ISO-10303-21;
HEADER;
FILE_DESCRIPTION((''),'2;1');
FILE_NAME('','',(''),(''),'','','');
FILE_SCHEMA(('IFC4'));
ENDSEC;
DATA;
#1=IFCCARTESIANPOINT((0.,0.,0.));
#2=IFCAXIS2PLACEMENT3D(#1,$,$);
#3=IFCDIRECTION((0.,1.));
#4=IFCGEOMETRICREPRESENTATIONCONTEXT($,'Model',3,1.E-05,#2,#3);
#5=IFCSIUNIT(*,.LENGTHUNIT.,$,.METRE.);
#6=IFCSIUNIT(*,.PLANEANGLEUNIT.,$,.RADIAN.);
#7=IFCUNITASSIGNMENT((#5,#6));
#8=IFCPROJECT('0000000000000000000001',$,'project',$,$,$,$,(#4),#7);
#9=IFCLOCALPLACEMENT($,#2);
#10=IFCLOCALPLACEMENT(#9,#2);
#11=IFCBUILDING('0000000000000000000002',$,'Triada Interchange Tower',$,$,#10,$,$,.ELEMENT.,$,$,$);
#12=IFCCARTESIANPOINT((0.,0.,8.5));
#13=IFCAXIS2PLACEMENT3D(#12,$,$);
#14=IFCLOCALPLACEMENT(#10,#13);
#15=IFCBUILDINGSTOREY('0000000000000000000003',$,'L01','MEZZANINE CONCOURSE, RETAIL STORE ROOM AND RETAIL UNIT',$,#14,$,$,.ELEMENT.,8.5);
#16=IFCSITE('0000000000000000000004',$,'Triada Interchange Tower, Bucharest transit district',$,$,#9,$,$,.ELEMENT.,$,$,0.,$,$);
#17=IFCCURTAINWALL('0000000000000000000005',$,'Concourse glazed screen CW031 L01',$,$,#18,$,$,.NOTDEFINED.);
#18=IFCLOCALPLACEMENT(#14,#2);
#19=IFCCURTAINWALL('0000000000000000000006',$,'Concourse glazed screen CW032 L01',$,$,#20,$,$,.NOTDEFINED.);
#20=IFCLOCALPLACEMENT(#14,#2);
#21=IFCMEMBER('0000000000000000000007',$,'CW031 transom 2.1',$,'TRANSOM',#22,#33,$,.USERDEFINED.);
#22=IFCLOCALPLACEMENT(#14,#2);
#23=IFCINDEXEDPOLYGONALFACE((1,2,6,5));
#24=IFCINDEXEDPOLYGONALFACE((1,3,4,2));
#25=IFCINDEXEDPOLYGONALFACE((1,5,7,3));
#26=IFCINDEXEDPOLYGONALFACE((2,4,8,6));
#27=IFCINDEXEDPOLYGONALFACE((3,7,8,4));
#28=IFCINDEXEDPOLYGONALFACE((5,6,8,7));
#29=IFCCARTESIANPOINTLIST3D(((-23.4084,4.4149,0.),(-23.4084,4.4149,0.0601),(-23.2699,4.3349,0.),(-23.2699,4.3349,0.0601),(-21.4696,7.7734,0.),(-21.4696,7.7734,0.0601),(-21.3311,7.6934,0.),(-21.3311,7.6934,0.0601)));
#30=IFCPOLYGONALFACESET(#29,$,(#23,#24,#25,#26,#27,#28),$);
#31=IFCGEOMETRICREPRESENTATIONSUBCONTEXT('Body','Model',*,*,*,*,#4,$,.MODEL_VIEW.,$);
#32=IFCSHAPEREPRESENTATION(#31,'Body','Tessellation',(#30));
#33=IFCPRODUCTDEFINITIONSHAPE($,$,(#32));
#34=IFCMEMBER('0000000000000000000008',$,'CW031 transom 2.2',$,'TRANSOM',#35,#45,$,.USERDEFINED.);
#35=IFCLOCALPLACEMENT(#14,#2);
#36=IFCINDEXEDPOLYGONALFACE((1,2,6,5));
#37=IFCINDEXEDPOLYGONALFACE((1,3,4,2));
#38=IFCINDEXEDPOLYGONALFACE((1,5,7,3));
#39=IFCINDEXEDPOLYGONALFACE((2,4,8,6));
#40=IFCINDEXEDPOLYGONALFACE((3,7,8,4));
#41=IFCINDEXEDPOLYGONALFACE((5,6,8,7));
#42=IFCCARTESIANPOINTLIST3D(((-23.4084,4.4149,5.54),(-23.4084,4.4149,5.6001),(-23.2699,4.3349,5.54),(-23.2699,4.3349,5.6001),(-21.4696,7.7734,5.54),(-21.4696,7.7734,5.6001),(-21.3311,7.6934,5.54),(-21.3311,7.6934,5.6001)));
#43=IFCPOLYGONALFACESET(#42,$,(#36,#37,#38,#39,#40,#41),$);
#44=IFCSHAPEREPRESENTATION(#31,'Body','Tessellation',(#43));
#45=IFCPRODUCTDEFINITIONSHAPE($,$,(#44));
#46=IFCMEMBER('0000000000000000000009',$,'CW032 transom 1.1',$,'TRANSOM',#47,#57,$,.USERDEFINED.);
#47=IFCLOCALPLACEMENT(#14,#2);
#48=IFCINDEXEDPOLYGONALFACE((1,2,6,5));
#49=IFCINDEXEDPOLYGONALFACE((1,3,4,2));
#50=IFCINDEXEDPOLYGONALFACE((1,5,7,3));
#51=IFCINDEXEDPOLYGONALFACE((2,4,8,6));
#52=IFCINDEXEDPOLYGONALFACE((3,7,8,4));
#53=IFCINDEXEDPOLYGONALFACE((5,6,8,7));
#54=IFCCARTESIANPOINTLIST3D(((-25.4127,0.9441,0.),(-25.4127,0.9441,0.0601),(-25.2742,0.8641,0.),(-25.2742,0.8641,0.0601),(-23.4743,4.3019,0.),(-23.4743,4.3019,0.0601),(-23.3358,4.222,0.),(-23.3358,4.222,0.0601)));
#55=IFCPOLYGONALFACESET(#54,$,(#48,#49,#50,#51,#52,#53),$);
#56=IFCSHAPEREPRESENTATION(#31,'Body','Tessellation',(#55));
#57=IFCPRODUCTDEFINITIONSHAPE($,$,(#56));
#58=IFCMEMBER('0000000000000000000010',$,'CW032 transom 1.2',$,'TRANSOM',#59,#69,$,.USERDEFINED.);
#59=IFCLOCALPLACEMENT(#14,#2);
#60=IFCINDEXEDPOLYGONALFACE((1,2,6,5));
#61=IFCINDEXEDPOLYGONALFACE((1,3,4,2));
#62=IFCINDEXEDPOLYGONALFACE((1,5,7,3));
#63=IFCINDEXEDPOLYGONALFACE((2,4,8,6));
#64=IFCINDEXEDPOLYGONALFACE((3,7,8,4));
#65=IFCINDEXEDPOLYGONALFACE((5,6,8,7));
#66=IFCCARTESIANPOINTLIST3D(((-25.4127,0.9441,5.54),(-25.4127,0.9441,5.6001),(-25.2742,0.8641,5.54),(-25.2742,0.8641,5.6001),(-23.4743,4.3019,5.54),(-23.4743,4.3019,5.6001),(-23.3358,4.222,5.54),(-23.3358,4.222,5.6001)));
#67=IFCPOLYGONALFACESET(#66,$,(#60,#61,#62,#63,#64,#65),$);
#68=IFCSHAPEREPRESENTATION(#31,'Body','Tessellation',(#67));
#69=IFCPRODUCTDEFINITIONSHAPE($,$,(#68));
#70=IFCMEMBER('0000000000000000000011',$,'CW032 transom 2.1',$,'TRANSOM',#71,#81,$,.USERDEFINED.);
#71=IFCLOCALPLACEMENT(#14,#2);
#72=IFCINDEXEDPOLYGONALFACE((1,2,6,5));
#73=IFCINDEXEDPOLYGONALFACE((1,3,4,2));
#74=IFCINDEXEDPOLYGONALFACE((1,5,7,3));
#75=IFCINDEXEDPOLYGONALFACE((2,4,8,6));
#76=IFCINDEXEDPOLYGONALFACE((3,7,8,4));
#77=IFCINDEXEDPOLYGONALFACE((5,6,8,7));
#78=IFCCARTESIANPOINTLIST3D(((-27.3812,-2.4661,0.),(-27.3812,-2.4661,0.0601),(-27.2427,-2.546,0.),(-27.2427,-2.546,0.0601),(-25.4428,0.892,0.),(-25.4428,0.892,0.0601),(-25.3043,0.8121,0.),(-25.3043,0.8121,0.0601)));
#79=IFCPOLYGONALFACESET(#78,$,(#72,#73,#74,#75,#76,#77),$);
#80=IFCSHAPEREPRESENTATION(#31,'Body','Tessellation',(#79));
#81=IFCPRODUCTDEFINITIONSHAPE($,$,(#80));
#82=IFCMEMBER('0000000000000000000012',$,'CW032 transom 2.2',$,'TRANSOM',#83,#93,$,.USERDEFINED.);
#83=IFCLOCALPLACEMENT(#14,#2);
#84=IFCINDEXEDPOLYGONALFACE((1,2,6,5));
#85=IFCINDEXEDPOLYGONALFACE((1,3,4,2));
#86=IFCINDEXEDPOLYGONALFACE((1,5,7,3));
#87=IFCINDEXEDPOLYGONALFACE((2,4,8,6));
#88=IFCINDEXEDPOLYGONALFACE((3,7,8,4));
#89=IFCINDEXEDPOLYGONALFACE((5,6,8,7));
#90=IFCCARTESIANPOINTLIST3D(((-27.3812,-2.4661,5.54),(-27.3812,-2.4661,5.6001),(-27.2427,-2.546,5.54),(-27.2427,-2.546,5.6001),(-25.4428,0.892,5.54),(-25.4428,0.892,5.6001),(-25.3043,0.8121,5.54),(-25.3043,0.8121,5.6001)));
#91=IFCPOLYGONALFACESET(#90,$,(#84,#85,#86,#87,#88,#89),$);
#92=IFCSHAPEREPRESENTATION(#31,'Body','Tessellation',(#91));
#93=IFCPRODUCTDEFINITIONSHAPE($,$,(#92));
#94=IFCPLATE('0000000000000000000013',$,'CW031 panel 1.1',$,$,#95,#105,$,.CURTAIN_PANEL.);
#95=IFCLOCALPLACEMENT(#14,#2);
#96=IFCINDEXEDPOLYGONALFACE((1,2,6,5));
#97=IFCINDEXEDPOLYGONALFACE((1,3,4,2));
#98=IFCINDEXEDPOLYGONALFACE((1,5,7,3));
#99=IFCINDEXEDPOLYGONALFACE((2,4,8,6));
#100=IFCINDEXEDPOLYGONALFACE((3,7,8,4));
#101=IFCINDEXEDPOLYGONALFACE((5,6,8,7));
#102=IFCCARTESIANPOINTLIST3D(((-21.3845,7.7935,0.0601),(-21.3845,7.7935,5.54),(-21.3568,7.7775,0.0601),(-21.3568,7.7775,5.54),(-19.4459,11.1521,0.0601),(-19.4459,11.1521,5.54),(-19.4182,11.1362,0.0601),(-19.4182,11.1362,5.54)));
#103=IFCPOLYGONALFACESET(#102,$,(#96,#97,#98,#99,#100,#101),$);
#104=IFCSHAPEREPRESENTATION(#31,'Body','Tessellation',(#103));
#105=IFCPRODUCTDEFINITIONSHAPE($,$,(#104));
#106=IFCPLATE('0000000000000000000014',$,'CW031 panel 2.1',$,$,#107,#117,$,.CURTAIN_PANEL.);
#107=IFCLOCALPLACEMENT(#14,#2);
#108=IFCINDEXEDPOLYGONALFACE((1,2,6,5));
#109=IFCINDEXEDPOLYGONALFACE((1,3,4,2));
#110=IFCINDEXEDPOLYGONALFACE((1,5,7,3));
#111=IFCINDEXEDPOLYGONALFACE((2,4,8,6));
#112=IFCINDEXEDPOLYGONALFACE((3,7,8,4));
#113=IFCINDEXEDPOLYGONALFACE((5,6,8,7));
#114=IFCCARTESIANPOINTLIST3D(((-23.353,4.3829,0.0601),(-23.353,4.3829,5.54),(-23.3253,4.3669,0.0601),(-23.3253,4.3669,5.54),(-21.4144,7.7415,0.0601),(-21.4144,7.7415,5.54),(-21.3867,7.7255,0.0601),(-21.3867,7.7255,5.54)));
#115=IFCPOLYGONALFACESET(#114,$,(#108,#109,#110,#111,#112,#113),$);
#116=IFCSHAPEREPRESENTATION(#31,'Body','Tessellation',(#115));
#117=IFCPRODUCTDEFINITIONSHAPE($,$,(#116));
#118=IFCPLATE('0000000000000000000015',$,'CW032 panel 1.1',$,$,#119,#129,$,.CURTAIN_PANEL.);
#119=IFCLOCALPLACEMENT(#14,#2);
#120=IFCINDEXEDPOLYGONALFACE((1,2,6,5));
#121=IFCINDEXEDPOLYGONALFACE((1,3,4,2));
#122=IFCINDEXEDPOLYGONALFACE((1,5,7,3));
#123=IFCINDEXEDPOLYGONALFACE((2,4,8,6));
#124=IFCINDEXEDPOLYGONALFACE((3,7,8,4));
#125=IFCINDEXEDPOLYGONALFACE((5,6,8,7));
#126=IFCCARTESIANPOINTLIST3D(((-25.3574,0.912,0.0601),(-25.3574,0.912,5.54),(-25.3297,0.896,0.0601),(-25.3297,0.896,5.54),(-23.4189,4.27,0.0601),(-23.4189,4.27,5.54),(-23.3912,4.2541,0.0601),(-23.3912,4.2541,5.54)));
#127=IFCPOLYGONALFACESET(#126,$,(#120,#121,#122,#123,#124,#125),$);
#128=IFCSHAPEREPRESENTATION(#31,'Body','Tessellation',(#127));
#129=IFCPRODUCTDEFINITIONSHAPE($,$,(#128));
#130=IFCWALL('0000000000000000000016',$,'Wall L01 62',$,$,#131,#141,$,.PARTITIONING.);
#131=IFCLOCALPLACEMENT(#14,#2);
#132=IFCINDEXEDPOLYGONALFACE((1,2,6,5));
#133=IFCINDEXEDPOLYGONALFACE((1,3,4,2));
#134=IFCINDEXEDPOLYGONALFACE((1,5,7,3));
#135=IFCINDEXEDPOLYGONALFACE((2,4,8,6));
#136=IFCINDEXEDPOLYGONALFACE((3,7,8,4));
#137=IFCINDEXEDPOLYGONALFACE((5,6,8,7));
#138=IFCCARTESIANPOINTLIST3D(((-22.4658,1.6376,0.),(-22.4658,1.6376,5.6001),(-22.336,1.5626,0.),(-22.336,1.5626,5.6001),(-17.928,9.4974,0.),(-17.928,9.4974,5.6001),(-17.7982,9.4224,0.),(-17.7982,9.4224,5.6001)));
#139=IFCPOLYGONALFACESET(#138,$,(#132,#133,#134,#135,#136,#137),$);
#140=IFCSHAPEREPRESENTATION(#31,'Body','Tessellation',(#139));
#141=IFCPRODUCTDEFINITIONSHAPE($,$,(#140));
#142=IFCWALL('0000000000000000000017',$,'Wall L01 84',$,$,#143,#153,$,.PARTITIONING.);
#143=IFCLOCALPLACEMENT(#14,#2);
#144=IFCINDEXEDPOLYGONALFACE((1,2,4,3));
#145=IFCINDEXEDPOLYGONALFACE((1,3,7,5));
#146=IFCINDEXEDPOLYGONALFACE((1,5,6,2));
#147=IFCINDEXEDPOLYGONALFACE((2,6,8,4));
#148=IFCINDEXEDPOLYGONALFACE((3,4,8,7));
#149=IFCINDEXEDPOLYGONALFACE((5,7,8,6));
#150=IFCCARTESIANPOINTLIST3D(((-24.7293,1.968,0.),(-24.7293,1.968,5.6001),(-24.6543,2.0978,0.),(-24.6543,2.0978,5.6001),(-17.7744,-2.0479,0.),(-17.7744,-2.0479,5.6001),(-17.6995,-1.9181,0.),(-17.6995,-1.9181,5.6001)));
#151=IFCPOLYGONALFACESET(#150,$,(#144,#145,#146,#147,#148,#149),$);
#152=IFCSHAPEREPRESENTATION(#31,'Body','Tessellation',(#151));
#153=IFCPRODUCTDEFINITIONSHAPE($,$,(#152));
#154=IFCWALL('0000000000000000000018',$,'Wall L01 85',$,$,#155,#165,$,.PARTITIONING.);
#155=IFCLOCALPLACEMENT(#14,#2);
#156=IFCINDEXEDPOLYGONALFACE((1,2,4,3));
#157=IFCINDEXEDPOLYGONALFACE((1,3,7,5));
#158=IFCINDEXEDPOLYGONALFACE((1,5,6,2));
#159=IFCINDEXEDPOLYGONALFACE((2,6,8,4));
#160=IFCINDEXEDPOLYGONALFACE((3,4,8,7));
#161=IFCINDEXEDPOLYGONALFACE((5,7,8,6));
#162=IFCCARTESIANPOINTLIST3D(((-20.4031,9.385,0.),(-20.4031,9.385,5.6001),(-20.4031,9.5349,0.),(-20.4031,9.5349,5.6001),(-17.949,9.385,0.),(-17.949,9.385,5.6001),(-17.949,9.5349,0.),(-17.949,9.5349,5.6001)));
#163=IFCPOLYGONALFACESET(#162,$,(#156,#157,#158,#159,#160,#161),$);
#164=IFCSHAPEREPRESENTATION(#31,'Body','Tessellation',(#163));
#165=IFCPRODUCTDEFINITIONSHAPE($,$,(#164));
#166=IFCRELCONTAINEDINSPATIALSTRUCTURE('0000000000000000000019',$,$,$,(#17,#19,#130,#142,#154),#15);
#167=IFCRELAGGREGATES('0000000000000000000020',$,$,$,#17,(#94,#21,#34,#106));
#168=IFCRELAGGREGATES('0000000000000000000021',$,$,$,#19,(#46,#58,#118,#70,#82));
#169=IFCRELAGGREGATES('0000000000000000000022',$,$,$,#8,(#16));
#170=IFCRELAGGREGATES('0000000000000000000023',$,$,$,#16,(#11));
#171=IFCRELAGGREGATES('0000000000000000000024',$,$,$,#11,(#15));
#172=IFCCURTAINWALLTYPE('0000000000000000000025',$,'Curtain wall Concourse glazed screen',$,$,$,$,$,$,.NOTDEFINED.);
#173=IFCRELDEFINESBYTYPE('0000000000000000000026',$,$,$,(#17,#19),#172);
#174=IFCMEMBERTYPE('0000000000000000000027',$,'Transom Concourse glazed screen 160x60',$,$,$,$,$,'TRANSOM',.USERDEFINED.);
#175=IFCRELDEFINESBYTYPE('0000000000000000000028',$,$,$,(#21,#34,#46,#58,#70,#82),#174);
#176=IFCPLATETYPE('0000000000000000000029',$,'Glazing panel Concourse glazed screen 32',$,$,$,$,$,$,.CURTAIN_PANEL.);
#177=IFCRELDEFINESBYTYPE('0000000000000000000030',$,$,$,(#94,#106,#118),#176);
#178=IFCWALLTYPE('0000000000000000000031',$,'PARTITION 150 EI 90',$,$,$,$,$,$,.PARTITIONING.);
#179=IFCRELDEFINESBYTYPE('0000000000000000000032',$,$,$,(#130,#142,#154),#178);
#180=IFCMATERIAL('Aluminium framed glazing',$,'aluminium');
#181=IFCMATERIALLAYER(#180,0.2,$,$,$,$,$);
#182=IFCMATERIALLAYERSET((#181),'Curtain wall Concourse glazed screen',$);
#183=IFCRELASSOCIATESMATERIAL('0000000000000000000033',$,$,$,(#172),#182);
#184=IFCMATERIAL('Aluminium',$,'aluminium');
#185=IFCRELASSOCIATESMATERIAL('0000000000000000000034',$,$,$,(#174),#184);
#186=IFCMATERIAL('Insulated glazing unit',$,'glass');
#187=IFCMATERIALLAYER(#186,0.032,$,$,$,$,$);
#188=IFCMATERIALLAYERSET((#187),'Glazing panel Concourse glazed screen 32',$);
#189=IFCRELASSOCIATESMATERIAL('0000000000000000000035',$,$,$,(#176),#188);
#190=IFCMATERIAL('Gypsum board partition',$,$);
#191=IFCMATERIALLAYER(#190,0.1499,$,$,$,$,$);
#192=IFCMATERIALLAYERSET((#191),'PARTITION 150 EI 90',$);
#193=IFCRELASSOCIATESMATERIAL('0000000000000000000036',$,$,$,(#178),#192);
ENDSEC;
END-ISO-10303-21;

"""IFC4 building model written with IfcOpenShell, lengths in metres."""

from ifc_helpers import new_model, si_unit, direction, frame, frame_2d, origin, origin_2d, place, context, subcontext, project, spatial, rectangle, extrude, material, layer, layer_set, material_profile, profile_set, type_object, element, aggregate, save


model = new_model("IFC4")

# Units and contexts
model_context = context("Model", 3, precision=1e-05, world=origin(), true_north=direction((0.0, 1.0)))
body_context = subcontext(model_context, "Body", "Model", "MODEL_VIEW")
ifc_project = project(units=[si_unit("LENGTHUNIT", "METRE"), si_unit("PLANEANGLEUNIT", "RADIAN")], contexts=[model_context])

# Site, building, storey
site_placement = place(None, origin())
site = spatial("IfcSite", under=ifc_project, at=site_placement, Name="Triada Interchange Tower, Bucharest transit district", CompositionType="ELEMENT", RefElevation=0.0)
building_placement = place(site_placement, origin())
building = spatial("IfcBuilding", under=site, at=building_placement, Name="Triada Interchange Tower", CompositionType="ELEMENT")
storey_placement = place(building_placement, frame((0.0, 0.0, 8.5)))
storey = spatial("IfcBuildingStorey", under=building, at=storey_placement, Name="L01", Description="MEZZANINE CONCOURSE, RETAIL STORE ROOM AND RETAIL UNIT", CompositionType="ELEMENT", Elevation=8.5)

# Shared definitions
ifc_material_1 = material(Name="Aluminium framed glazing", Category="aluminium")
ifc_layer_1 = layer(ifc_material_1, 0.2)
ifc_layer_set_1 = layer_set([ifc_layer_1], Name="Curtain wall Concourse glazed screen")
curtain_wall_type = type_object("IfcCurtainWallType", Name="Curtain wall Concourse glazed screen", PredefinedType="NOTDEFINED", material=ifc_layer_set_1)
ifc_material_2 = material(Name="Aluminium", Category="aluminium")

# Curtain walls
curtain_wall_1_placement = place(storey_placement, origin())
curtain_wall_1 = element("IfcCurtainWall", 1, at=curtain_wall_1_placement, inside=storey, type_object=curtain_wall_type, Name="Concourse glazed screen CW031 L01", PredefinedType="NOTDEFINED")
curtain_wall_2_placement = place(storey_placement, origin())
curtain_wall_2 = element("IfcCurtainWall", 2, at=curtain_wall_2_placement, inside=storey, type_object=curtain_wall_type, Name="Concourse glazed screen CW032 L01", PredefinedType="NOTDEFINED")

# Members
ifc_material_profile_1 = material_profile(ifc_material_2, rectangle(XDim=0.1599, YDim=0.0601, at=origin_2d()), Name="Aluminium transom")
ifc_profile_set_1 = profile_set([ifc_material_profile_1], Name="Aluminium")
member_type_1 = type_object("IfcMemberType", Name="Transom Concourse glazed screen 160x60", ElementType="TRANSOM", PredefinedType="USERDEFINED", material=ifc_profile_set_1)
member_1_placement = place(storey_placement, frame((-21.4004, 7.7334, 0.03), z_axis=(-0.499951, -0.866053, 0.0), x_axis=(0.866053, -0.499951, 0.0)))
member_1 = element("IfcMember", 3, at=member_1_placement, type_object=member_type_1, Name="CW031 transom 2.1", ObjectType="TRANSOM", PredefinedType="USERDEFINED", context=body_context, shape_type="SweptSolid", body=[
    extrude(rectangle(XDim=0.1599, YDim=0.0601, at=origin_2d()), origin(), (0.0, 0.0, 1.0), 3.8779),
])
member_2_placement = place(storey_placement, frame((-21.4004, 7.7334, 5.5701), z_axis=(-0.499951, -0.866053, 0.0), x_axis=(0.866053, -0.499951, 0.0)))
member_2 = element("IfcMember", 4, at=member_2_placement, type_object=member_type_1, Name="CW031 transom 2.2", ObjectType="TRANSOM", PredefinedType="USERDEFINED", context=body_context, shape_type="SweptSolid", body=[
    extrude(rectangle(XDim=0.1599, YDim=0.0601, at=origin_2d()), origin(), (0.0, 0.0, 1.0), 3.8779),
])
member_3_placement = place(storey_placement, frame((-23.405, 4.262, 0.03), z_axis=(-0.499959, -0.866049, 0.0), x_axis=(0.866049, -0.499959, 0.0)))
member_3 = element("IfcMember", 5, at=member_3_placement, type_object=member_type_1, Name="CW032 transom 1.1", ObjectType="TRANSOM", PredefinedType="USERDEFINED", context=body_context, shape_type="SweptSolid", body=[
    extrude(rectangle(XDim=0.1599, YDim=0.0601, at=origin_2d()), origin(), (0.0, 0.0, 1.0), 3.8772),
])
member_4_placement = place(storey_placement, frame((-23.405, 4.262, 5.5701), z_axis=(-0.499959, -0.866049, 0.0), x_axis=(0.866049, -0.499959, 0.0)))
member_4 = element("IfcMember", 6, at=member_4_placement, type_object=member_type_1, Name="CW032 transom 1.2", ObjectType="TRANSOM", PredefinedType="USERDEFINED", context=body_context, shape_type="SweptSolid", body=[
    extrude(rectangle(XDim=0.1599, YDim=0.0601, at=origin_2d()), origin(), (0.0, 0.0, 1.0), 3.8772),
])
member_5_placement = place(storey_placement, frame((-25.3735, 0.8521, 0.03), z_axis=(-0.499931, -0.866065, 0.0), x_axis=(0.866065, -0.499931, 0.0)))
member_5 = element("IfcMember", 7, at=member_5_placement, type_object=member_type_1, Name="CW032 transom 2.1", ObjectType="TRANSOM", PredefinedType="USERDEFINED", context=body_context, shape_type="SweptSolid", body=[
    extrude(rectangle(XDim=0.1599, YDim=0.0601, at=origin_2d()), origin(), (0.0, 0.0, 1.0), 3.8774),
])
member_6_placement = place(storey_placement, frame((-25.3735, 0.8521, 5.5701), z_axis=(-0.499931, -0.866065, 0.0), x_axis=(0.866065, -0.499931, 0.0)))
member_6 = element("IfcMember", 8, at=member_6_placement, type_object=member_type_1, Name="CW032 transom 2.2", ObjectType="TRANSOM", PredefinedType="USERDEFINED", context=body_context, shape_type="SweptSolid", body=[
    extrude(rectangle(XDim=0.1599, YDim=0.0601, at=origin_2d()), origin(), (0.0, 0.0, 1.0), 3.8774),
])

# Plates
ifc_material_3 = material(Name="Insulated glazing unit", Category="glass")
ifc_layer_2 = layer(ifc_material_3, 0.032)
ifc_layer_set_2 = layer_set([ifc_layer_2], Name="Glazing panel Concourse glazed screen 32")
plate_type = type_object("IfcPlateType", Name="Glazing panel Concourse glazed screen 32", PredefinedType="CURTAIN_PANEL", material=ifc_layer_set_2)
plate_1_placement = place(storey_placement, frame((-20.4014, 9.4648, 0.0601), z_axis=(0.0, 0.0, 1.0), x_axis=(-0.499893, -0.866087, 0.0)))
plate_1 = element("IfcPlate", 9, at=plate_1_placement, type_object=plate_type, Name="CW031 panel 1.1", PredefinedType="CURTAIN_PANEL", context=body_context, shape_type="SweptSolid", body=[
    extrude(rectangle(XDim=3.8779, YDim=0.032, at=origin_2d()), origin(), (0.0, 0.0, 1.0), 5.48),
])
plate_2_placement = place(storey_placement, frame((-22.3699, 6.0542, 0.0601), z_axis=(0.0, 0.0, 1.0), x_axis=(-0.499893, -0.866087, 0.0)))
plate_2 = element("IfcPlate", 10, at=plate_2_placement, type_object=plate_type, Name="CW031 panel 2.1", PredefinedType="CURTAIN_PANEL", context=body_context, shape_type="SweptSolid", body=[
    extrude(rectangle(XDim=3.8779, YDim=0.032, at=origin_2d()), origin(), (0.0, 0.0, 1.0), 5.48),
])
aggregate(curtain_wall_1, [plate_1, member_1, member_2, plate_2])
plate_3_placement = place(storey_placement, frame((-24.3743, 2.583, 0.0601), z_axis=(0.0, 0.0, 1.0), x_axis=(-0.499948, -0.866055, 0.0)))
plate_3 = element("IfcPlate", 11, at=plate_3_placement, type_object=plate_type, Name="CW032 panel 1.1", PredefinedType="CURTAIN_PANEL", context=body_context, shape_type="SweptSolid", body=[
    extrude(rectangle(XDim=3.8774, YDim=0.032, at=origin_2d()), origin(), (0.0, 0.0, 1.0), 5.48),
])
aggregate(curtain_wall_2, [member_3, member_4, plate_3, member_5, member_6])

# Walls
ifc_material_4 = material(Name="Gypsum board partition")
ifc_layer_3 = layer(ifc_material_4, 0.1499)
ifc_layer_set_3 = layer_set([ifc_layer_3], Name="PARTITION 150 EI 90")
wall_type = type_object("IfcWallType", Name="PARTITION 150 EI 90", PredefinedType="PARTITIONING", material=ifc_layer_set_3)
wall_1_placement = place(storey_placement, frame((-22.4009, 1.6001, 0.0), z_axis=(0.0, 0.0, 1.0), x_axis=(0.499996, 0.866028, 0.0)))
element("IfcWall", 12, at=wall_1_placement, inside=storey, type_object=wall_type, Name="Wall L01 62", PredefinedType="PARTITIONING", context=body_context, shape_type="SweptSolid", body=[
    extrude(rectangle(XDim=9.0757, YDim=0.1499, at=frame_2d((4.5378, 0.0))), origin(), (0.0, 0.0, 1.0), 5.6001),
])
wall_2_placement = place(storey_placement, frame((-24.6919, 2.033, 0.0), z_axis=(0.0, 0.0, 1.0), x_axis=(0.865999, -0.500046, 0.0)))
element("IfcWall", 13, at=wall_2_placement, inside=storey, type_object=wall_type, Name="Wall L01 84", PredefinedType="PARTITIONING", context=body_context, shape_type="SweptSolid", body=[
    extrude(rectangle(XDim=8.031, YDim=0.1499, at=frame_2d((4.0156, 0.0))), origin(), (0.0, 0.0, 1.0), 5.6001),
])
wall_3_placement = place(storey_placement, frame((-20.4031, 9.46, 0.0), z_axis=(0.0, 0.0, 1.0), x_axis=(1.0, 0.0, 0.0)))
element("IfcWall", 14, at=wall_3_placement, inside=storey, type_object=wall_type, Name="Wall L01 85", PredefinedType="PARTITIONING", context=body_context, shape_type="SweptSolid", body=[
    extrude(rectangle(XDim=2.4541, YDim=0.1499, at=frame_2d((1.2271, 0.0))), origin(), (0.0, 0.0, 1.0), 5.6001),
])

save(model, "model.ifc")
